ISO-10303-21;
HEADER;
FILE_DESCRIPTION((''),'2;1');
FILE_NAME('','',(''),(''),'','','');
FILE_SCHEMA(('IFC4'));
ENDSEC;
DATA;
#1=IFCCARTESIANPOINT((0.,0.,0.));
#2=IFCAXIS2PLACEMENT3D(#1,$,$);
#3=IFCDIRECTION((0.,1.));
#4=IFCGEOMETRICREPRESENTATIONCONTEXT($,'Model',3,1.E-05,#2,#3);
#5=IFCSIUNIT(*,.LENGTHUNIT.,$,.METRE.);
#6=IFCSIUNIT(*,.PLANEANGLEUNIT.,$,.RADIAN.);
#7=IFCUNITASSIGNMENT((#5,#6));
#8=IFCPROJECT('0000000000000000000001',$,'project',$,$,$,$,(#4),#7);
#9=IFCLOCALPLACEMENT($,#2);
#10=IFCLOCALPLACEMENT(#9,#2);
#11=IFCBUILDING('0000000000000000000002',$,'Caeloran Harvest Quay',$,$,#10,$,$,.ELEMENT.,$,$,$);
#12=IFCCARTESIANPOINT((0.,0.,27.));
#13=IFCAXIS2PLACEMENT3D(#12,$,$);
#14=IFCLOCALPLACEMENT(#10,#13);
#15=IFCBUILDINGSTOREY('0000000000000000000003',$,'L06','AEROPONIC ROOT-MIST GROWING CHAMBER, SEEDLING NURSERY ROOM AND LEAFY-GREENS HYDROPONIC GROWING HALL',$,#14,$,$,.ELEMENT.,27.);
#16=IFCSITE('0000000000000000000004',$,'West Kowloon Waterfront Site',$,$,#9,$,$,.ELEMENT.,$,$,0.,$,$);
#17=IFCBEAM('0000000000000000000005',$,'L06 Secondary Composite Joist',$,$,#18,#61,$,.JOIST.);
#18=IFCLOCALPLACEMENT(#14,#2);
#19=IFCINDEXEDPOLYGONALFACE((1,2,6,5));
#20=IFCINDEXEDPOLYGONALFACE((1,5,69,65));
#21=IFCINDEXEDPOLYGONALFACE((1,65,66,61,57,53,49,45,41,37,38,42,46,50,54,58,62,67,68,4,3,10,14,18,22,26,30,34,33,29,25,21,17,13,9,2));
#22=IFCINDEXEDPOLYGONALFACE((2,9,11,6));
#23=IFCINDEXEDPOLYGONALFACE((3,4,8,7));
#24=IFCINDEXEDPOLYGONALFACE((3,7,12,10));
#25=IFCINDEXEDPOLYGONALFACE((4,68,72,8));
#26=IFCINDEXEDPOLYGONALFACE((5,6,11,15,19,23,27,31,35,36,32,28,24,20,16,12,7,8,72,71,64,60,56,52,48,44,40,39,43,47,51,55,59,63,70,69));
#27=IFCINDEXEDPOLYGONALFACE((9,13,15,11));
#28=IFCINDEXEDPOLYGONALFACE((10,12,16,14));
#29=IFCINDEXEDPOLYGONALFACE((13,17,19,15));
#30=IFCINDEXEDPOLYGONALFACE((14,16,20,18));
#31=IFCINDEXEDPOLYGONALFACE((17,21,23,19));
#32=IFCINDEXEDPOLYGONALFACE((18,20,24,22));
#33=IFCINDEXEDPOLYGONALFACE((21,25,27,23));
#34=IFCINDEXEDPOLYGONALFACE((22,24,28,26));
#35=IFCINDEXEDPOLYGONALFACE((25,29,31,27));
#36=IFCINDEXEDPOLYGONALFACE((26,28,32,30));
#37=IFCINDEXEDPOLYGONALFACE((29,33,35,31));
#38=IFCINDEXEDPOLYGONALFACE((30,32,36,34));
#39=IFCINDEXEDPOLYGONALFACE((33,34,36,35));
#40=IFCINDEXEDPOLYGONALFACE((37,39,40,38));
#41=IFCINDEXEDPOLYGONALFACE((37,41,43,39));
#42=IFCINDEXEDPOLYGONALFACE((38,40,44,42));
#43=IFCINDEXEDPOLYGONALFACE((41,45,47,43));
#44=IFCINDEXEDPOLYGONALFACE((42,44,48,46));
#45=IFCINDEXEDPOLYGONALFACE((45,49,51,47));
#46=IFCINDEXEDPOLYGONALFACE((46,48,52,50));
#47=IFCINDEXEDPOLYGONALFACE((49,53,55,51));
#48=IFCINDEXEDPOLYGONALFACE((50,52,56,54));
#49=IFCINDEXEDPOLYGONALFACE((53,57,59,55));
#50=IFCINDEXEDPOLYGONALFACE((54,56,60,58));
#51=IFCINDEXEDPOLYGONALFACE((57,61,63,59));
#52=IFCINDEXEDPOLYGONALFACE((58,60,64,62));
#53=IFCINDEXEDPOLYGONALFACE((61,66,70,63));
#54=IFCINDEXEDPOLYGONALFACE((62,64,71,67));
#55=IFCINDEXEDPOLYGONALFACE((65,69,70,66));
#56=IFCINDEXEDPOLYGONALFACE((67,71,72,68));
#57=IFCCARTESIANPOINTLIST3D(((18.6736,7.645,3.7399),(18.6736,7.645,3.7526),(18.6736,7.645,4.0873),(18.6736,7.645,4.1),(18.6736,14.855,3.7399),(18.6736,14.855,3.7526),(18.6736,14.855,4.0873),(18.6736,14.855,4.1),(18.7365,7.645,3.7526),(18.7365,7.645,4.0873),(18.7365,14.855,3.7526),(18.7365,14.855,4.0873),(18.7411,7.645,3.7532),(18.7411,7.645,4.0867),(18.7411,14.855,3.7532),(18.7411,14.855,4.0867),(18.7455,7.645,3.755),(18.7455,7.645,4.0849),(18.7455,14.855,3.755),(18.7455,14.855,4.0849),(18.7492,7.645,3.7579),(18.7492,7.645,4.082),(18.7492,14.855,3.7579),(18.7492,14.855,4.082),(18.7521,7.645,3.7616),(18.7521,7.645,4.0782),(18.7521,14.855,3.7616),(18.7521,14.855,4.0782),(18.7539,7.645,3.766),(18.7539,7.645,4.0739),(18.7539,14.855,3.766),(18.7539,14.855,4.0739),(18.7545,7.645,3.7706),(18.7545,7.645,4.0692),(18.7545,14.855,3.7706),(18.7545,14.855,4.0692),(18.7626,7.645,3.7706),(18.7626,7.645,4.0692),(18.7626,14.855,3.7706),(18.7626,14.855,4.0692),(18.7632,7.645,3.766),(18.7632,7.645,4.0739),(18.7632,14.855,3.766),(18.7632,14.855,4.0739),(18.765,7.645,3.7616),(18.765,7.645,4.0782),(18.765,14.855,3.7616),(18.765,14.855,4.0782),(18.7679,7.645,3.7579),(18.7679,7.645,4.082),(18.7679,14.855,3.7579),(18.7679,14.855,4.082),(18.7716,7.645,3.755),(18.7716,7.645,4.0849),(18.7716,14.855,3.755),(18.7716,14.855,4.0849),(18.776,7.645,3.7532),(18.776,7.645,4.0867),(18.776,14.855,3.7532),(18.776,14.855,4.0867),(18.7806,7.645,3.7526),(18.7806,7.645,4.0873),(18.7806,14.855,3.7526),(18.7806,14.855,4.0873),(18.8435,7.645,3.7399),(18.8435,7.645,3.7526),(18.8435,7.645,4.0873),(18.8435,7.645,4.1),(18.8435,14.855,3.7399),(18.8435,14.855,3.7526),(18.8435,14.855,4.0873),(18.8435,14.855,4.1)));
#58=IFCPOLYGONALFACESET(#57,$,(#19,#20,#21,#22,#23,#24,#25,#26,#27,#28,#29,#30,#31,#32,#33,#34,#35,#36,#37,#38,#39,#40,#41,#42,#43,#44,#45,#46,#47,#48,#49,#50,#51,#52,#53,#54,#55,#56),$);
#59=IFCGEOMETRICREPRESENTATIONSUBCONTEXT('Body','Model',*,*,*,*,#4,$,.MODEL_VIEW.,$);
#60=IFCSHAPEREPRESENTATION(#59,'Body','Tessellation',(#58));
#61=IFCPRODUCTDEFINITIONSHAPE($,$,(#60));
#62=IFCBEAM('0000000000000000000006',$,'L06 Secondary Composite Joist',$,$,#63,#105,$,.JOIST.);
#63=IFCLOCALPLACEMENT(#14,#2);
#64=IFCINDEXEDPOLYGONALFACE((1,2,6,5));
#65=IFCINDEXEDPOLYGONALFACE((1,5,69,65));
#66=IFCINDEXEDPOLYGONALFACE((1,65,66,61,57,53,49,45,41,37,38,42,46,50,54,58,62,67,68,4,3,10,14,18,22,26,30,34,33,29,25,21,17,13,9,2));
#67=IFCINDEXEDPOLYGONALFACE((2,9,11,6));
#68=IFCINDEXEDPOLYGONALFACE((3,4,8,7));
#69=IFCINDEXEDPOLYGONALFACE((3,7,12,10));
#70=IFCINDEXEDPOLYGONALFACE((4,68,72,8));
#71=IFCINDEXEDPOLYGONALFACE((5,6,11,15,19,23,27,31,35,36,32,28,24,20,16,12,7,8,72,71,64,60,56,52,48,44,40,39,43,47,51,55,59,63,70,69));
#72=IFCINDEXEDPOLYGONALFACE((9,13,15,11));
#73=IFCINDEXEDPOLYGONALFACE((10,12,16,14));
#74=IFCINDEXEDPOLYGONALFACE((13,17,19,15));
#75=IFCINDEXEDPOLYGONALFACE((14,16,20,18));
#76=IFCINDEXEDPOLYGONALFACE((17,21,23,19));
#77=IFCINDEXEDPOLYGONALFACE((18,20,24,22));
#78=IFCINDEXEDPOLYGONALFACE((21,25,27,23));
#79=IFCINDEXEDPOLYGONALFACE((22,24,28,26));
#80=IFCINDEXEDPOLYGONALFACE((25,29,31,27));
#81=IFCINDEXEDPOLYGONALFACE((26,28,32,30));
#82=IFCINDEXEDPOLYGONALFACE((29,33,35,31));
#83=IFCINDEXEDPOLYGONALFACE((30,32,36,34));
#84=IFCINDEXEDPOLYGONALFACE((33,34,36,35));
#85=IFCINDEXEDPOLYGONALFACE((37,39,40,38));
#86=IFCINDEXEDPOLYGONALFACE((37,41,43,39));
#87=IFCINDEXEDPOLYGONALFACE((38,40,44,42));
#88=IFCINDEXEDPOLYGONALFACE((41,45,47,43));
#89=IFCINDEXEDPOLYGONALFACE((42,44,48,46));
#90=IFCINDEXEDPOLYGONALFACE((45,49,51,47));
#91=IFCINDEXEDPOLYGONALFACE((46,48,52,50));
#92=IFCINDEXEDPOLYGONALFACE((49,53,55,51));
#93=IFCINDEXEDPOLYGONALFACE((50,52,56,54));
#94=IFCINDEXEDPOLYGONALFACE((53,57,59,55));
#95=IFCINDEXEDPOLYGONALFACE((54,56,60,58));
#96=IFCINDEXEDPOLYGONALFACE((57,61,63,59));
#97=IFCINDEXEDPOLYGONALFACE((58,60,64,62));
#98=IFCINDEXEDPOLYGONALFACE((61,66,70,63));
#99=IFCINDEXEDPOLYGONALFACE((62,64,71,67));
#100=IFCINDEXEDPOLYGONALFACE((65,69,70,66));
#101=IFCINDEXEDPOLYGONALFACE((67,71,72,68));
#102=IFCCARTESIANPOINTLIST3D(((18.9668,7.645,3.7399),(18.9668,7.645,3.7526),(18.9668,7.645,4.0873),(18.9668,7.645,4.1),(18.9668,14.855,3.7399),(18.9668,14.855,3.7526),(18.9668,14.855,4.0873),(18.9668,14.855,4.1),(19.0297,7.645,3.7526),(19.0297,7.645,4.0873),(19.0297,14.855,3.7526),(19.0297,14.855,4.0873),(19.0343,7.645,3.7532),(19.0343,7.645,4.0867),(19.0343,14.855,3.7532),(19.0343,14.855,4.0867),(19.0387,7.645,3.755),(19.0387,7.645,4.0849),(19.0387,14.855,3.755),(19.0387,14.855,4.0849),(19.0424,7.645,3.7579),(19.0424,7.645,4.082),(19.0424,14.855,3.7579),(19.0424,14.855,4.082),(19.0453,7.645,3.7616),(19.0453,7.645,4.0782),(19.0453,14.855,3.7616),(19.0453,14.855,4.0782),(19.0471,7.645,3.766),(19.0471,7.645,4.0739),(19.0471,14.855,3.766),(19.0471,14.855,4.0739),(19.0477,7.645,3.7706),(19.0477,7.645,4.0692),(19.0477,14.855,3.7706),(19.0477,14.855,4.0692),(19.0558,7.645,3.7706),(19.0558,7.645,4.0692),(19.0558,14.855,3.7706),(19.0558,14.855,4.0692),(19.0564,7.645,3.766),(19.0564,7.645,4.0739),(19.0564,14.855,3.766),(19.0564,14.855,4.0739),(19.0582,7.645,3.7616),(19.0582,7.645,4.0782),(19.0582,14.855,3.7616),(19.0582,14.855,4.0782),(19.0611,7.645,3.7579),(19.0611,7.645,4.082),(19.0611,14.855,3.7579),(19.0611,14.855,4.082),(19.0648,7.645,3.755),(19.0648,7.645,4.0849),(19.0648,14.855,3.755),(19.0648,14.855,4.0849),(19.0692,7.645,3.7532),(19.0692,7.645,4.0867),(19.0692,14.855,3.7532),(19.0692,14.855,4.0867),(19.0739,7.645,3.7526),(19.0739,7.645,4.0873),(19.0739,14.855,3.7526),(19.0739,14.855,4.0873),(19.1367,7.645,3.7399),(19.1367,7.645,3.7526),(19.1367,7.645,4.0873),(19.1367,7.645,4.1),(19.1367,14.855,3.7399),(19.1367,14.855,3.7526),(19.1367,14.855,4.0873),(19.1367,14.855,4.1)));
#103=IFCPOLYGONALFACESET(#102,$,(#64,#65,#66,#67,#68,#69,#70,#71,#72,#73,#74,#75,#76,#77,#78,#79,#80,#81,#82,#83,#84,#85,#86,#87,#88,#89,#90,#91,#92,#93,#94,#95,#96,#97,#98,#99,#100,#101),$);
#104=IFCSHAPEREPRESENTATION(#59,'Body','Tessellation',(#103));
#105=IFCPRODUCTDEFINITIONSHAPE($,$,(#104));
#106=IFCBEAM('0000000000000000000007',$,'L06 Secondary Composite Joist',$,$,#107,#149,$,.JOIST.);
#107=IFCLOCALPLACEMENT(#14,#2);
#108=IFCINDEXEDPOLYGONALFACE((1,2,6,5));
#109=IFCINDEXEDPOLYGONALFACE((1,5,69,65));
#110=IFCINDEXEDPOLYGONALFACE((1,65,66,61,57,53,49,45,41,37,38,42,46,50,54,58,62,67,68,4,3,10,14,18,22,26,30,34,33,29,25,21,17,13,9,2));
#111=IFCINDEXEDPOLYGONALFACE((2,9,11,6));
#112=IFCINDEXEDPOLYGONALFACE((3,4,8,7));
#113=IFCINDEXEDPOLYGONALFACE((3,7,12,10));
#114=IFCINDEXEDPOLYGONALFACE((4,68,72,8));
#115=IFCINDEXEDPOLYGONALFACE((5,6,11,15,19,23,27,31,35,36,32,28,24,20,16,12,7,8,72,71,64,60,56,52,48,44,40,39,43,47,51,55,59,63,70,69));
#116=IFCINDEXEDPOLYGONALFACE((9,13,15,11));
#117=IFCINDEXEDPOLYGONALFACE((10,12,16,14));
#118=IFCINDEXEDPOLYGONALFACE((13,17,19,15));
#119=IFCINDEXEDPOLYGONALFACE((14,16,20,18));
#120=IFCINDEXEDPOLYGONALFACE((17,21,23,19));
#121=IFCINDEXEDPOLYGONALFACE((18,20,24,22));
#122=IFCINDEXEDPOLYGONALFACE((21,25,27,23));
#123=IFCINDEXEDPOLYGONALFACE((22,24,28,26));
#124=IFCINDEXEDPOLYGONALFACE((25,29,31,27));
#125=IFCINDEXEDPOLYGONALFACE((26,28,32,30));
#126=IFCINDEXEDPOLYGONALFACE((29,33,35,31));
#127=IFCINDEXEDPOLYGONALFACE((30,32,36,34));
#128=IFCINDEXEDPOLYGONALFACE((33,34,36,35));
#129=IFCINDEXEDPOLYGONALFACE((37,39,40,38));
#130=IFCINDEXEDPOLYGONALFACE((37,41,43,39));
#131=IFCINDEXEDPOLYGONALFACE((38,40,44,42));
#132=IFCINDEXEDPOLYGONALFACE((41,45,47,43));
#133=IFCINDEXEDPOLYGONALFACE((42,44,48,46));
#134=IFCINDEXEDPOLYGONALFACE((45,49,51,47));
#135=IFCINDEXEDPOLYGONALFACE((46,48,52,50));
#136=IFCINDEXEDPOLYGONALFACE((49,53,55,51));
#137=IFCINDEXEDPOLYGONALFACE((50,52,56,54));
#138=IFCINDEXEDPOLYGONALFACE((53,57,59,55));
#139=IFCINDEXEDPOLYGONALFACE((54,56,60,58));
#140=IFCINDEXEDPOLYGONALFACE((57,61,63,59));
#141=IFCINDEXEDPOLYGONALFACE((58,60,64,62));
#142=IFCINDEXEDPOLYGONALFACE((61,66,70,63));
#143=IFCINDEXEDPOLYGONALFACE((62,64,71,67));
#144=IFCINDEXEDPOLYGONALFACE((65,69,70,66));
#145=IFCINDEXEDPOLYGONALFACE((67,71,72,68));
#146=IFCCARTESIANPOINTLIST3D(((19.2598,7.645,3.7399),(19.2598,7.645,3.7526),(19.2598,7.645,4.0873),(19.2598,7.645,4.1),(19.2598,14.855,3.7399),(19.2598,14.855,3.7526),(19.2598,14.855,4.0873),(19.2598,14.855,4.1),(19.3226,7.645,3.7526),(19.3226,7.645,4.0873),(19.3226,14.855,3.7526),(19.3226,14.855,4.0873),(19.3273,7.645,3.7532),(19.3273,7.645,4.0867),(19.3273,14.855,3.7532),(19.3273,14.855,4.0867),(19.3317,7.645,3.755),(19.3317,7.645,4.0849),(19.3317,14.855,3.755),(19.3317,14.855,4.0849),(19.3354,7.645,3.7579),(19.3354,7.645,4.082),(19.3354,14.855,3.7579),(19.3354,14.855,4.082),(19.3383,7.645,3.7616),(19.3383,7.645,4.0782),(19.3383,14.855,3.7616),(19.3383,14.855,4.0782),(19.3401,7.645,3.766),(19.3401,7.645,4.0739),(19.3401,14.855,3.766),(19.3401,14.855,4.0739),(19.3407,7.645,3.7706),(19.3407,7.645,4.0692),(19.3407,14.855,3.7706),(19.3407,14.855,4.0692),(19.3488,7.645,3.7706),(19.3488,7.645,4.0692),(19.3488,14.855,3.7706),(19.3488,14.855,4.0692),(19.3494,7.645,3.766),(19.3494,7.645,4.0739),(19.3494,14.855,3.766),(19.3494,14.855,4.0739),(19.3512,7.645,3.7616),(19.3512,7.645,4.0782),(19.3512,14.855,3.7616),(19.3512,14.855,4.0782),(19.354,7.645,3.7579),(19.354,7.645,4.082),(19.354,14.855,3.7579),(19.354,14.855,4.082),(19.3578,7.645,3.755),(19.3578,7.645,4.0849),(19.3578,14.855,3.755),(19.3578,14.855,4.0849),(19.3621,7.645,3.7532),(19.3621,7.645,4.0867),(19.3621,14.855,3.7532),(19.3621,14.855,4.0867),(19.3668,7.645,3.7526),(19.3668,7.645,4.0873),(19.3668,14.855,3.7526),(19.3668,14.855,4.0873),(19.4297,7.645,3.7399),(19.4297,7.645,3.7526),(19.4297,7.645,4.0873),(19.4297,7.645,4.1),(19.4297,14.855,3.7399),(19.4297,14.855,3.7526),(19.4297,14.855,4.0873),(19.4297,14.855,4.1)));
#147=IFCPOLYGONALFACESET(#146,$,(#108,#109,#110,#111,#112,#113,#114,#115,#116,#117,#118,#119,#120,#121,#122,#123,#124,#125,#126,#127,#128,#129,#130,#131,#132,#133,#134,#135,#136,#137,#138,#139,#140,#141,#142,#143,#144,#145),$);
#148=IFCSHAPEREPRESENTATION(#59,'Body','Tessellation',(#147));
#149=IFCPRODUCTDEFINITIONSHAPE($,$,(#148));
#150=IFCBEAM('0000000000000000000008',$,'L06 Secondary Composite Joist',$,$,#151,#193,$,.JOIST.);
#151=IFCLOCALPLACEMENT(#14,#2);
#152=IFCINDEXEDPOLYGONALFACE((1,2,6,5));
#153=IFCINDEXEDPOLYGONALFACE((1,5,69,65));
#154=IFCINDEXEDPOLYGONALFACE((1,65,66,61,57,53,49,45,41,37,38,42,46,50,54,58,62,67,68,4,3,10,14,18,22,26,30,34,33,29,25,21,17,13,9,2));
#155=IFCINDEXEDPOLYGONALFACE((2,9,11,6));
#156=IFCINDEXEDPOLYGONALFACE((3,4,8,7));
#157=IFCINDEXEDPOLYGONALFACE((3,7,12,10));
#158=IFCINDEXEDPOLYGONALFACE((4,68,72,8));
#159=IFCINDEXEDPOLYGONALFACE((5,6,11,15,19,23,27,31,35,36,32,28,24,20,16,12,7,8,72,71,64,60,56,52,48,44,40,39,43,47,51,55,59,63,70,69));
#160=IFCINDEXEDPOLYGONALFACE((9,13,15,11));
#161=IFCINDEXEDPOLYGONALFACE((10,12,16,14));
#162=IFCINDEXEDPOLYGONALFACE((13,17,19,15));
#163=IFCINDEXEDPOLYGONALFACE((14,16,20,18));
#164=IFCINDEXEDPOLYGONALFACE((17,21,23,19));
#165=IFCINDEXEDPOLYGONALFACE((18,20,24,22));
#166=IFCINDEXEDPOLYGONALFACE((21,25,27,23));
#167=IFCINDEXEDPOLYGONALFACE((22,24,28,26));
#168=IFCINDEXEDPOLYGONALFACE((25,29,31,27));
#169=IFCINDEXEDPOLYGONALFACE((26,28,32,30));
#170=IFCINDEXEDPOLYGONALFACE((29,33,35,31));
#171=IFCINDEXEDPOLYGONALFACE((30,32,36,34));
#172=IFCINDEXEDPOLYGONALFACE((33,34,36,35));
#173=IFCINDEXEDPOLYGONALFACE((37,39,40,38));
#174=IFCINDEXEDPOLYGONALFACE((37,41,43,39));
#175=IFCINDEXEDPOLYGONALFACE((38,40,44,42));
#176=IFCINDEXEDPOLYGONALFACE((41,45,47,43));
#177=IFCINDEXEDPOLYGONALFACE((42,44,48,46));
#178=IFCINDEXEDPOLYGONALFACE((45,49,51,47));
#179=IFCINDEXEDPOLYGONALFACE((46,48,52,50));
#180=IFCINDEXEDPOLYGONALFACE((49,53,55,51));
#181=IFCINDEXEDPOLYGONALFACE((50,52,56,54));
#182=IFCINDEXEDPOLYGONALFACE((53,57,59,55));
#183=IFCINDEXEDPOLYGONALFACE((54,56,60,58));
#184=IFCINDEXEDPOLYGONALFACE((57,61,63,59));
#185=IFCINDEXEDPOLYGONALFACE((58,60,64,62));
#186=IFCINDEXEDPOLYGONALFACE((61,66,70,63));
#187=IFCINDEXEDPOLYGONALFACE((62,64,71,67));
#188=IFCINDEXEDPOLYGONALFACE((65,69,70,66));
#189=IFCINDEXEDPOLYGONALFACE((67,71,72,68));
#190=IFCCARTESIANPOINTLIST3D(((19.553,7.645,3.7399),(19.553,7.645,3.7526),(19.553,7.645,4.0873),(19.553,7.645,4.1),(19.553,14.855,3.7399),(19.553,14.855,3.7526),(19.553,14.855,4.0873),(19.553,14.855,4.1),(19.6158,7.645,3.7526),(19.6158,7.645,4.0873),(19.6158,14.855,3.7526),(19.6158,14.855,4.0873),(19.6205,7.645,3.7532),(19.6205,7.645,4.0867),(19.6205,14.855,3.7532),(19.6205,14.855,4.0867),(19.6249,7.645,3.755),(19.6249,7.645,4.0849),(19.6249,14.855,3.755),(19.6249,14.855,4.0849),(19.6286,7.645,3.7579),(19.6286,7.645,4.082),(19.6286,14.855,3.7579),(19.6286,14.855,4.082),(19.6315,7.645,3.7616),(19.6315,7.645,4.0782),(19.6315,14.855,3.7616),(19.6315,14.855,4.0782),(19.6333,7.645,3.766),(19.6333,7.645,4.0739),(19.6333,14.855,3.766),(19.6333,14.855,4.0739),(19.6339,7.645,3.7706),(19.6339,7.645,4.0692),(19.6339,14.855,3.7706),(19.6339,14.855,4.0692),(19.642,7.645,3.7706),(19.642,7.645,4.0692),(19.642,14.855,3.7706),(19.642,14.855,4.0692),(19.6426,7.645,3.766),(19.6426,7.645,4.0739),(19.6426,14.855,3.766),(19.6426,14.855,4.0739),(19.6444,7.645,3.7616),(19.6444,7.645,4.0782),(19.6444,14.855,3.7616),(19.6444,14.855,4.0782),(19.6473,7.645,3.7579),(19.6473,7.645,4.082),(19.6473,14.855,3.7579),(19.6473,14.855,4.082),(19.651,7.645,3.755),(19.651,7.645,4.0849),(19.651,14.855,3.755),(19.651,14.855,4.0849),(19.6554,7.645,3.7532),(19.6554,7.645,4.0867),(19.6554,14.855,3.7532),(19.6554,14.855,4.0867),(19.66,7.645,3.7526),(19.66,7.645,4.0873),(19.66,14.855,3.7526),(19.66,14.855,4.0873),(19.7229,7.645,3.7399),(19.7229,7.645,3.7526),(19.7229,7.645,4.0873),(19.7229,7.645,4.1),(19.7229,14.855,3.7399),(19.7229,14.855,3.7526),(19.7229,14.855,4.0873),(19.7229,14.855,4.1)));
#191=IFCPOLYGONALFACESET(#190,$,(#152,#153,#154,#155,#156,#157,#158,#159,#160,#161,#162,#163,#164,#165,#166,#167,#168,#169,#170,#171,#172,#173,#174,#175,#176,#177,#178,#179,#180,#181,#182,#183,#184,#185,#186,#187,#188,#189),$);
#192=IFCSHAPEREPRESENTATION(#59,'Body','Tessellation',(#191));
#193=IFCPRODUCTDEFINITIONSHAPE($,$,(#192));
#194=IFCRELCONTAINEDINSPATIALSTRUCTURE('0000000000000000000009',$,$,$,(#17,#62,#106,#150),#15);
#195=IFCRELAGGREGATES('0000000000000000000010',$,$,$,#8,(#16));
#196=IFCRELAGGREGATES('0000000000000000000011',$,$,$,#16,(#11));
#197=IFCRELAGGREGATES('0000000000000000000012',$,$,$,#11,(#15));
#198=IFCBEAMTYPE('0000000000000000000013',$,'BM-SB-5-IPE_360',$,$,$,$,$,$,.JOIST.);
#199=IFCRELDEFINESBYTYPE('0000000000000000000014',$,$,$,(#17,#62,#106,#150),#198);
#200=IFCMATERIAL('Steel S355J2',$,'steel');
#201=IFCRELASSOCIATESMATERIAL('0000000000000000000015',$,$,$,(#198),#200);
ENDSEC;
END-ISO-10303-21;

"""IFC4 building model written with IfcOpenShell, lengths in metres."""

from ifc_helpers import new_model, si_unit, direction, frame, origin, origin_2d, place, context, subcontext, project, spatial, i_section, extrude, material, material_profile, profile_set, type_object, element, save


model = new_model("IFC4")

# Units and contexts
model_context = context("Model", 3, precision=1e-05, world=origin(), true_north=direction((0.0, 1.0)))
body_context = subcontext(model_context, "Body", "Model", "MODEL_VIEW")
ifc_project = project(units=[si_unit("LENGTHUNIT", "METRE"), si_unit("PLANEANGLEUNIT", "RADIAN")], contexts=[model_context])

# Site, building, storey
site_placement = place(None, origin())
site = spatial("IfcSite", under=ifc_project, at=site_placement, Name="West Kowloon Waterfront Site", CompositionType="ELEMENT", RefElevation=0.0)
building_placement = place(site_placement, origin())
building = spatial("IfcBuilding", under=site, at=building_placement, Name="Caeloran Harvest Quay", CompositionType="ELEMENT")
storey_placement = place(building_placement, frame((0.0, 0.0, 27.0)))
storey = spatial("IfcBuildingStorey", under=building, at=storey_placement, Name="L06", Description="AEROPONIC ROOT-MIST GROWING CHAMBER, SEEDLING NURSERY ROOM AND LEAFY-GREENS HYDROPONIC GROWING HALL", CompositionType="ELEMENT", Elevation=27.0)

# Beams
ifc_material_1 = material(Name="Steel S355J2", Category="steel")
ifc_material_profile_1 = material_profile(ifc_material_1, i_section(OverallWidth=0.1699, OverallDepth=0.3601, WebThickness=0.0081, FlangeThickness=0.0127, FilletRadius=0.0181, at=origin_2d()), Name="IPE 360")
ifc_profile_set_1 = profile_set([ifc_material_profile_1], Name="Steel S355J2")
beam_type_1 = type_object("IfcBeamType", Name="BM-SB-5-IPE_360", PredefinedType="JOIST", material=ifc_profile_set_1)
for number, where, z_axis, x_axis, name in (
    (1, (18.7585, 7.645, 3.9199), (0.0, 1.0, 0.0), (-1.0, 0.0, 0.0), "L06 Secondary Composite Joist"),
    (2, (19.0518, 7.645, 3.9199), (0.0, 1.0, 0.0), (-1.0, 0.0, 0.0), "L06 Secondary Composite Joist"),
    (3, (19.3447, 7.645, 3.9199), (0.0, 1.0, 0.0), (-1.0, 0.0, 0.0), "L06 Secondary Composite Joist"),
    (4, (19.6379, 7.645, 3.9199), (0.0, 1.0, 0.0), (-1.0, 0.0, 0.0), "L06 Secondary Composite Joist"),
):
    element("IfcBeam", number, at=place(storey_placement, frame(where, z_axis=z_axis, x_axis=x_axis)), inside=storey, type_object=beam_type_1, Name=name, PredefinedType="JOIST", context=body_context, shape_type="SweptSolid", body=[
        extrude(i_section(OverallWidth=0.1699, OverallDepth=0.3601, WebThickness=0.0081, FlangeThickness=0.0127, FilletRadius=0.0181, at=origin_2d()), origin(), (0.0, 0.0, 1.0), 7.21),
    ])

save(model, "model.ifc")
